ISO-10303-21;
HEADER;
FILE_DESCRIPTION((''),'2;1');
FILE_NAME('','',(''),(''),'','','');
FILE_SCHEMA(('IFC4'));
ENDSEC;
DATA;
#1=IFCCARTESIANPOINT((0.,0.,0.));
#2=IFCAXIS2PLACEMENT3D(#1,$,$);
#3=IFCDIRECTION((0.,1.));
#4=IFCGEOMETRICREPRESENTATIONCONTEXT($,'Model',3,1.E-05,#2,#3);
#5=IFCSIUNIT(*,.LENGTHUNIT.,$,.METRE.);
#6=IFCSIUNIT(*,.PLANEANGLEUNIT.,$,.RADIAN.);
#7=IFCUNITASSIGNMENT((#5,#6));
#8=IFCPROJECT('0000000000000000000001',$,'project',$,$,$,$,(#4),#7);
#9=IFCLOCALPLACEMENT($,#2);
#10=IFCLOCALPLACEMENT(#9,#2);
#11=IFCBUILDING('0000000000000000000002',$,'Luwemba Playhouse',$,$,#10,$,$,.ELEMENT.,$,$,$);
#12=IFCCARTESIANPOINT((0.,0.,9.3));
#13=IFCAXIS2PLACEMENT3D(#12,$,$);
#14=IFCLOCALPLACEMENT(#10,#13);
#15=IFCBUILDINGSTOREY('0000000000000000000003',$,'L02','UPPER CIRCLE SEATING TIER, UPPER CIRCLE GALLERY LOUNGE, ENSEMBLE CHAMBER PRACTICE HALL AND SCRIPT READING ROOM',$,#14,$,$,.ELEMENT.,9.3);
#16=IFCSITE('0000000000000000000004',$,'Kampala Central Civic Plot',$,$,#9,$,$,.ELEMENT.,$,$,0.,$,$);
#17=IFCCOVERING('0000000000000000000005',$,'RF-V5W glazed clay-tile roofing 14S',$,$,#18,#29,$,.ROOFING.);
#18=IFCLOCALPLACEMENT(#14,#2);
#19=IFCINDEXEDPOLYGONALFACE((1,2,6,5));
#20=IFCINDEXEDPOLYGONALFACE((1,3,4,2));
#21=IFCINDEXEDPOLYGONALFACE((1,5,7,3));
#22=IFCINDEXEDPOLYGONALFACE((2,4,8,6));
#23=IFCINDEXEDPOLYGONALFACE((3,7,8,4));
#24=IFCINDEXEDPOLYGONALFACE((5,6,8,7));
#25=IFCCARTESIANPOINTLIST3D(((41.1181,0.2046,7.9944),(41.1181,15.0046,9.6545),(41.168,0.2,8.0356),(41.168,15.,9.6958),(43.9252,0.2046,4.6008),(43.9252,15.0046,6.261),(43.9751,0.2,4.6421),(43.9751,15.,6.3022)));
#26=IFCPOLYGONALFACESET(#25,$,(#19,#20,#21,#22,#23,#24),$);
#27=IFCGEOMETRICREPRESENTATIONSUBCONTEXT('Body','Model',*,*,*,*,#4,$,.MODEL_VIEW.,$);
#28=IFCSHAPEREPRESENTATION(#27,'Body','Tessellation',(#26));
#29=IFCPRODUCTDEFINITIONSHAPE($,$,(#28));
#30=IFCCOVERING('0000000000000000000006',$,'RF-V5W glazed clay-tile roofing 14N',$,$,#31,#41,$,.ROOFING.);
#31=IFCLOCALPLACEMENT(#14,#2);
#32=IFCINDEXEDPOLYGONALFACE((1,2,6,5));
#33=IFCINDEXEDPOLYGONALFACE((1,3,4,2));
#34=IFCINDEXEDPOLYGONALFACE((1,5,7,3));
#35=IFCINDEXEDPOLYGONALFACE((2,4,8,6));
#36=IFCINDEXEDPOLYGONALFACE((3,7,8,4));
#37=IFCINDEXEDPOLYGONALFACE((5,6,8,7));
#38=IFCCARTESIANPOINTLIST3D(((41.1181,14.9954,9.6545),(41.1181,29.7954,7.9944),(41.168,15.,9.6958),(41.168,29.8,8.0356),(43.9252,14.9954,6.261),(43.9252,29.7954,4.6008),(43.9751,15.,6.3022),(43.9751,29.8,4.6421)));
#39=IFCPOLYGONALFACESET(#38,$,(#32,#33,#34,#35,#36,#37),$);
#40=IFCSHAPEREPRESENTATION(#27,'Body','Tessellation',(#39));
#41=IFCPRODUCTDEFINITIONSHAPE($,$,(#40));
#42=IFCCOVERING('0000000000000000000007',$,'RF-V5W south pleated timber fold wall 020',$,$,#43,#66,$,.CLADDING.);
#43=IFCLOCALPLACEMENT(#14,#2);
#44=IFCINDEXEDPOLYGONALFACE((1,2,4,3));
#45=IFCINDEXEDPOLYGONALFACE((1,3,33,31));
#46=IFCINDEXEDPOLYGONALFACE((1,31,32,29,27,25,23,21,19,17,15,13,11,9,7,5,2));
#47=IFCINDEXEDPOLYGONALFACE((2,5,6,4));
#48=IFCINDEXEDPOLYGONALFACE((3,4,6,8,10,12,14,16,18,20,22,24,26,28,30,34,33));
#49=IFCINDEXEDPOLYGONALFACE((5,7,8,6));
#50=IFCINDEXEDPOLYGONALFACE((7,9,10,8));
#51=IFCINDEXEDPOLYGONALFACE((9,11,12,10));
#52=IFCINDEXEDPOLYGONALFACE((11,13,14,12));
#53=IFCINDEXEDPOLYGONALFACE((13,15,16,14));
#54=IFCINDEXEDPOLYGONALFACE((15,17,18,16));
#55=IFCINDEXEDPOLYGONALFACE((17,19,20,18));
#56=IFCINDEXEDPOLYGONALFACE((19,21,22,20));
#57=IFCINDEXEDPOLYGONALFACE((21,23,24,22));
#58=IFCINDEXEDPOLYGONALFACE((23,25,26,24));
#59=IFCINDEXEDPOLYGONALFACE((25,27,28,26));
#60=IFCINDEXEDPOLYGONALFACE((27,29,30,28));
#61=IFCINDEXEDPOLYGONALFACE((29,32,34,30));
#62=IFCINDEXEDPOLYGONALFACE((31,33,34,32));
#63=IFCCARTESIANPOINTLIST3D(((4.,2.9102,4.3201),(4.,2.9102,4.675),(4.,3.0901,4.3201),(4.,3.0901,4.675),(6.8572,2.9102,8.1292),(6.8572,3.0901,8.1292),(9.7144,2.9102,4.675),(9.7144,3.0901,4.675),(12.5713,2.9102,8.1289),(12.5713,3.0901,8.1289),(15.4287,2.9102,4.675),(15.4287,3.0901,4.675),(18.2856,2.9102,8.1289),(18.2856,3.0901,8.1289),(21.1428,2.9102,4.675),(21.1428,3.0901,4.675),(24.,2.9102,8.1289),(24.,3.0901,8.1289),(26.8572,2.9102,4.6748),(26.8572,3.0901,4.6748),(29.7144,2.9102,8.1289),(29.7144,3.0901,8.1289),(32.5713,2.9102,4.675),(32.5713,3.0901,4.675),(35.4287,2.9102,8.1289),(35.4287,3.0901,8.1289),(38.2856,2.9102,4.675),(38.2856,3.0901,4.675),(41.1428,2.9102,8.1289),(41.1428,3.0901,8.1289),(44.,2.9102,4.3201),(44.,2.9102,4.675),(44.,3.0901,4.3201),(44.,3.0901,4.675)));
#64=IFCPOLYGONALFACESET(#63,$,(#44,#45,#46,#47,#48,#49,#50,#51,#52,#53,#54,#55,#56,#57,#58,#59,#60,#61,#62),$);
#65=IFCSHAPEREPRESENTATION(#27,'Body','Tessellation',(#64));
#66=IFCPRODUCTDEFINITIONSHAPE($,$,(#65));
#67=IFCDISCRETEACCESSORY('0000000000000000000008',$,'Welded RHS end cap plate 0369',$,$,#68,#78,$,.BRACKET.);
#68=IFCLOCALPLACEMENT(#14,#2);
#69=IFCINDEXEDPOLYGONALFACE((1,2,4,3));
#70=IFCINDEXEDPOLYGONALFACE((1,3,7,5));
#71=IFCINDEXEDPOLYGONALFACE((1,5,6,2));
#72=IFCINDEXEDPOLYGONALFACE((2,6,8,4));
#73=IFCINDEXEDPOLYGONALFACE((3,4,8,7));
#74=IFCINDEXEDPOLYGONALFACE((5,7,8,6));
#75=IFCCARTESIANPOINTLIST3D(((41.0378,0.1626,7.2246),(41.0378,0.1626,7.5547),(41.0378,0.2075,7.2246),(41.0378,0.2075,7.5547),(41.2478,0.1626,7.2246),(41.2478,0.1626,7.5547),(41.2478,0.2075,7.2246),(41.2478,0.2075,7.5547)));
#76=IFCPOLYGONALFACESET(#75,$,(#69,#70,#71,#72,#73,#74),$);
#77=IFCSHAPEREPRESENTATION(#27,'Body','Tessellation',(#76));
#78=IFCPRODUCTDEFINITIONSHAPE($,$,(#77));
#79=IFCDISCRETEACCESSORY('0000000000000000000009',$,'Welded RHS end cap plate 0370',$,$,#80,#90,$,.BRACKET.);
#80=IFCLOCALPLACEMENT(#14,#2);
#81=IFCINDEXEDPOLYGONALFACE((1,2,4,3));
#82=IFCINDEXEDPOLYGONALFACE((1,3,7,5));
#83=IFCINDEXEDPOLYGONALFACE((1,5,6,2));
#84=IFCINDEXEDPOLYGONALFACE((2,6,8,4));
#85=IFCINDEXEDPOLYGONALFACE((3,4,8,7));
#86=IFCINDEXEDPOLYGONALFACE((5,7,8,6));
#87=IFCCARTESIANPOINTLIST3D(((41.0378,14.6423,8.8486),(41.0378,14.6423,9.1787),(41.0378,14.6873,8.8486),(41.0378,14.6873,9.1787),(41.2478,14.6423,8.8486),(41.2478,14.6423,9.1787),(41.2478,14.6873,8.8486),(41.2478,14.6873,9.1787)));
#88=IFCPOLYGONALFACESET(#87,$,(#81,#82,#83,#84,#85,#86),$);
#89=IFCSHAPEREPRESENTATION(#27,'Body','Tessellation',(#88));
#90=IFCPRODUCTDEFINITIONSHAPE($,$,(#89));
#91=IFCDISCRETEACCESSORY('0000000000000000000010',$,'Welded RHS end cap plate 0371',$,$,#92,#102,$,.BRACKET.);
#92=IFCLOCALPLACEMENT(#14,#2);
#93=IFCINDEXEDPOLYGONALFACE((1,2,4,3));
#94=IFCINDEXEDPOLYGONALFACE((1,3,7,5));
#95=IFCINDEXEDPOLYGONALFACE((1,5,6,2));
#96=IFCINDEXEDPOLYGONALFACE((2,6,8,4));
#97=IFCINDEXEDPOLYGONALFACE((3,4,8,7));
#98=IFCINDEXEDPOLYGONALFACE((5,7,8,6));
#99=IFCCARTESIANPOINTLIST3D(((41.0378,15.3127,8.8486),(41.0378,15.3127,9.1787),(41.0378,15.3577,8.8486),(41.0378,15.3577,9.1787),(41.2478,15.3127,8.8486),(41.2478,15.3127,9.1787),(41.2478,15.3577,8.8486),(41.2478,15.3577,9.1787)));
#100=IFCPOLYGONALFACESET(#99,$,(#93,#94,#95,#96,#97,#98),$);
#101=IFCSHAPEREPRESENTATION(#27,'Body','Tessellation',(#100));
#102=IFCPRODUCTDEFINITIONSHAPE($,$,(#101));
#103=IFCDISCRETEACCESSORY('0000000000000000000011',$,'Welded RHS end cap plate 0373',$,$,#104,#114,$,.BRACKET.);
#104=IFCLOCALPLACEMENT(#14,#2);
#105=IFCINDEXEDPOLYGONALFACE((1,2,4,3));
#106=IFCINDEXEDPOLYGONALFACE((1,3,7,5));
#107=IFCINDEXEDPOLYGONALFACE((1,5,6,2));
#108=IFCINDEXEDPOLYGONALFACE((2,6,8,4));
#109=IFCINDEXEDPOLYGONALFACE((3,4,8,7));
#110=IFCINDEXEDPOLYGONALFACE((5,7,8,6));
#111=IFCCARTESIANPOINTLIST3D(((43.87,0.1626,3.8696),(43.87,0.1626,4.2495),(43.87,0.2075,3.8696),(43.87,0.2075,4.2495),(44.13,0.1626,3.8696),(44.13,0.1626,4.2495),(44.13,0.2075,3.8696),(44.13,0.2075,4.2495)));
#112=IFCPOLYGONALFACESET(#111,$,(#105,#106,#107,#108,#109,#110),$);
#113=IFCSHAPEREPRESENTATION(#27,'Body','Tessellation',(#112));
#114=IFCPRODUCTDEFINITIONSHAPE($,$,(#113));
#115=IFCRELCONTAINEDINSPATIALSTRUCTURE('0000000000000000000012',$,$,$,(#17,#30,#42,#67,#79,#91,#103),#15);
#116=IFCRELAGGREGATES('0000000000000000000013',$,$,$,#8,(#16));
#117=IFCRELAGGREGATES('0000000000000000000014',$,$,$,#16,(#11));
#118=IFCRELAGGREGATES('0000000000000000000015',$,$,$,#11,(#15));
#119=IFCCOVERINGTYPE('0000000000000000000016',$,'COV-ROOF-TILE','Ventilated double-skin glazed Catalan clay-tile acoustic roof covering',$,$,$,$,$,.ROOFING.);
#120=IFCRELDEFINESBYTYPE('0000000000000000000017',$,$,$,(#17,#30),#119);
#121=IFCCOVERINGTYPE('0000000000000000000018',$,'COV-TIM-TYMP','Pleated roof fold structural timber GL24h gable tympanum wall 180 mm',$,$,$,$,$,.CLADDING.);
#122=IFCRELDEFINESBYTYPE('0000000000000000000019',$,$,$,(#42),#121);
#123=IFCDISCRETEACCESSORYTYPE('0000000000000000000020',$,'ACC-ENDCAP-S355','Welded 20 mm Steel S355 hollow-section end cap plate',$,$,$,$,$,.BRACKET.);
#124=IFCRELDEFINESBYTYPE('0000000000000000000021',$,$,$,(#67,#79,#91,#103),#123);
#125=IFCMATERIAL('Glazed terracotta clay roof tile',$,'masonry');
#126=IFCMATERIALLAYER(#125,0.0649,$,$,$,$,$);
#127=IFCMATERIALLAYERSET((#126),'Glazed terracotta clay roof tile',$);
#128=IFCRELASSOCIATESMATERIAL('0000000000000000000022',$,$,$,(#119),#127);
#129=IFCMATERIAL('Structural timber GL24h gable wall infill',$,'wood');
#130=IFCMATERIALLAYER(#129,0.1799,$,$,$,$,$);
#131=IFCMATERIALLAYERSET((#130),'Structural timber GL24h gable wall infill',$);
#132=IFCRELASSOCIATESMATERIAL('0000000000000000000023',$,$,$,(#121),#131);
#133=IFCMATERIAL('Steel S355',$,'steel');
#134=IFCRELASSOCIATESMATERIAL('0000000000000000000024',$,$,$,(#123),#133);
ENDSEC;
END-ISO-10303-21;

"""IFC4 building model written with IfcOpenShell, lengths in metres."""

from ifc_helpers import new_model, si_unit, direction, frame, origin, origin_2d, place, context, subcontext, project, spatial, polyline, rectangle, outline, extrude, material, layer, layer_set, type_object, element, save


model = new_model("IFC4")

# Units and contexts
model_context = context("Model", 3, precision=1e-05, world=origin(), true_north=direction((0.0, 1.0)))
body_context = subcontext(model_context, "Body", "Model", "MODEL_VIEW")
ifc_project = project(units=[si_unit("LENGTHUNIT", "METRE"), si_unit("PLANEANGLEUNIT", "RADIAN")], contexts=[model_context])

# Site, building, storey
site_placement = place(None, origin())
site = spatial("IfcSite", under=ifc_project, at=site_placement, Name="Kampala Central Civic Plot", CompositionType="ELEMENT", RefElevation=0.0)
building_placement = place(site_placement, origin())
building = spatial("IfcBuilding", under=site, at=building_placement, Name="Luwemba Playhouse", CompositionType="ELEMENT")
storey_placement = place(building_placement, frame((0.0, 0.0, 9.3)))
storey = spatial("IfcBuildingStorey", under=building, at=storey_placement, Name="L02", Description="UPPER CIRCLE SEATING TIER, UPPER CIRCLE GALLERY LOUNGE, ENSEMBLE CHAMBER PRACTICE HALL AND SCRIPT READING ROOM", CompositionType="ELEMENT", Elevation=9.3)

# Shared definitions
ifc_material_1 = material(Name="Steel S355", Category="steel")

# Coverings
ifc_material_2 = material(Name="Glazed terracotta clay roof tile", Category="masonry")
ifc_layer_1 = layer(ifc_material_2, 0.0649)
ifc_layer_set_1 = layer_set([ifc_layer_1], Name="Glazed terracotta clay roof tile")
covering_type_1 = type_object("IfcCoveringType", Name="COV-ROOF-TILE", Description="Ventilated double-skin glazed Catalan clay-tile acoustic roof covering", PredefinedType="ROOFING", material=ifc_layer_set_1)
covering_1_placement = place(storey_placement, frame((41.168, 0.2, 8.0356), z_axis=(0.768581, -0.071315, 0.635766), x_axis=(0.637388, 0.0, -0.770543)))
element("IfcCovering", 1, at=covering_1_placement, inside=storey, type_object=covering_type_1, Name="RF-V5W glazed clay-tile roofing 14S", PredefinedType="ROOFING", context=body_context, shape_type="SweptSolid", body=[
    extrude(outline(polyline([(0.0, 0.0), (4.4041, 0.0), (3.1249, 14.8378), (-1.2792, 14.8378), (0.0, 0.0)])), origin(), (0.0, 0.0, -1.0), 0.0649),
])
covering_2_placement = place(storey_placement, frame((41.168, 15.0, 9.6958), z_axis=(0.768581, 0.071315, 0.635766), x_axis=(0.637388, 0.0, -0.770543)))
element("IfcCovering", 2, at=covering_2_placement, inside=storey, type_object=covering_type_1, Name="RF-V5W glazed clay-tile roofing 14N", PredefinedType="ROOFING", context=body_context, shape_type="SweptSolid", body=[
    extrude(outline(polyline([(0.0, 0.0), (4.4041, 0.0), (5.6833, 14.8378), (1.2792, 14.8378), (0.0, 0.0)])), origin(), (0.0, 0.0, -1.0), 0.0649),
])
ifc_material_3 = material(Name="Structural timber GL24h gable wall infill", Category="wood")
ifc_layer_2 = layer(ifc_material_3, 0.1799)
ifc_layer_set_2 = layer_set([ifc_layer_2], Name="Structural timber GL24h gable wall infill")
covering_type_2 = type_object("IfcCoveringType", Name="COV-TIM-TYMP", Description="Pleated roof fold structural timber GL24h gable tympanum wall 180 mm", PredefinedType="CLADDING", material=ifc_layer_set_2)
covering_3_placement = place(storey_placement, frame((44.0, 3.0, 4.3201), z_axis=(0.0, 0.0, 1.0), x_axis=(-1.0, 0.0, 0.0)))
element("IfcCovering", 3, at=covering_3_placement, inside=storey, type_object=covering_type_2, Name="RF-V5W south pleated timber fold wall 020", PredefinedType="CLADDING", context=body_context, shape_type="SweptSolid", body=[
    extrude(outline(polyline([(0.0, 0.0), (40.0, 0.0), (40.0, 0.355), (37.1428, 3.8091), (34.2856, 0.355), (31.4287, 3.8088), (28.5713, 0.355), (25.7144, 3.8088), (22.8572, 0.355), (20.0, 3.8088), (17.1428, 0.3547), (14.2856, 3.8088), (11.4287, 0.355), (8.5713, 3.8088), (5.7144, 0.355), (2.8572, 3.8088), (0.0, 0.355), (0.0, 0.0)])), frame((0.0, 0.0898, 0.0), z_axis=(0.0, -1.0, 0.0), x_axis=(1.0, 0.0, 0.0)), (0.0, 0.0, 1.0), 0.1799),
])

# Discrete accessories
discrete_accessory_type = type_object("IfcDiscreteAccessoryType", Name="ACC-ENDCAP-S355", Description="Welded 20 mm Steel S355 hollow-section end cap plate", PredefinedType="BRACKET", material=ifc_material_1)
for number, where, z_axis, x_axis, name in (
    (4, (41.1428, 0.1851, 7.2246), (0.0, 0.0, 1.0), (1.0, 0.0, 0.0), "Welded RHS end cap plate 0369"),
    (5, (41.1428, 14.6648, 8.8486), (0.0, 0.0, 1.0), (1.0, 0.0, 0.0), "Welded RHS end cap plate 0370"),
    (6, (41.1428, 15.3352, 8.8486), (0.0, 0.0, 1.0), (1.0, 0.0, 0.0), "Welded RHS end cap plate 0371"),
):
    element("IfcDiscreteAccessory", number, at=place(storey_placement, frame(where, z_axis=z_axis, x_axis=x_axis)), inside=storey, type_object=discrete_accessory_type, Name=name, PredefinedType="BRACKET", context=body_context, shape_type="SweptSolid", body=[
        extrude(rectangle(XDim=0.21, YDim=0.0449, at=origin_2d()), origin(), (0.0, 0.0, 1.0), 0.3301),
    ])
discrete_accessory_placement = place(storey_placement, frame((44.0, 0.1851, 3.8696), z_axis=(0.0, 0.0, 1.0), x_axis=(1.0, 0.0, 0.0)))
element("IfcDiscreteAccessory", 7, at=discrete_accessory_placement, inside=storey, type_object=discrete_accessory_type, Name="Welded RHS end cap plate 0373", PredefinedType="BRACKET", context=body_context, shape_type="SweptSolid", body=[
    extrude(rectangle(XDim=0.26, YDim=0.0449, at=origin_2d()), origin(), (0.0, 0.0, 1.0), 0.3799),
])

save(model, "model.ifc")
